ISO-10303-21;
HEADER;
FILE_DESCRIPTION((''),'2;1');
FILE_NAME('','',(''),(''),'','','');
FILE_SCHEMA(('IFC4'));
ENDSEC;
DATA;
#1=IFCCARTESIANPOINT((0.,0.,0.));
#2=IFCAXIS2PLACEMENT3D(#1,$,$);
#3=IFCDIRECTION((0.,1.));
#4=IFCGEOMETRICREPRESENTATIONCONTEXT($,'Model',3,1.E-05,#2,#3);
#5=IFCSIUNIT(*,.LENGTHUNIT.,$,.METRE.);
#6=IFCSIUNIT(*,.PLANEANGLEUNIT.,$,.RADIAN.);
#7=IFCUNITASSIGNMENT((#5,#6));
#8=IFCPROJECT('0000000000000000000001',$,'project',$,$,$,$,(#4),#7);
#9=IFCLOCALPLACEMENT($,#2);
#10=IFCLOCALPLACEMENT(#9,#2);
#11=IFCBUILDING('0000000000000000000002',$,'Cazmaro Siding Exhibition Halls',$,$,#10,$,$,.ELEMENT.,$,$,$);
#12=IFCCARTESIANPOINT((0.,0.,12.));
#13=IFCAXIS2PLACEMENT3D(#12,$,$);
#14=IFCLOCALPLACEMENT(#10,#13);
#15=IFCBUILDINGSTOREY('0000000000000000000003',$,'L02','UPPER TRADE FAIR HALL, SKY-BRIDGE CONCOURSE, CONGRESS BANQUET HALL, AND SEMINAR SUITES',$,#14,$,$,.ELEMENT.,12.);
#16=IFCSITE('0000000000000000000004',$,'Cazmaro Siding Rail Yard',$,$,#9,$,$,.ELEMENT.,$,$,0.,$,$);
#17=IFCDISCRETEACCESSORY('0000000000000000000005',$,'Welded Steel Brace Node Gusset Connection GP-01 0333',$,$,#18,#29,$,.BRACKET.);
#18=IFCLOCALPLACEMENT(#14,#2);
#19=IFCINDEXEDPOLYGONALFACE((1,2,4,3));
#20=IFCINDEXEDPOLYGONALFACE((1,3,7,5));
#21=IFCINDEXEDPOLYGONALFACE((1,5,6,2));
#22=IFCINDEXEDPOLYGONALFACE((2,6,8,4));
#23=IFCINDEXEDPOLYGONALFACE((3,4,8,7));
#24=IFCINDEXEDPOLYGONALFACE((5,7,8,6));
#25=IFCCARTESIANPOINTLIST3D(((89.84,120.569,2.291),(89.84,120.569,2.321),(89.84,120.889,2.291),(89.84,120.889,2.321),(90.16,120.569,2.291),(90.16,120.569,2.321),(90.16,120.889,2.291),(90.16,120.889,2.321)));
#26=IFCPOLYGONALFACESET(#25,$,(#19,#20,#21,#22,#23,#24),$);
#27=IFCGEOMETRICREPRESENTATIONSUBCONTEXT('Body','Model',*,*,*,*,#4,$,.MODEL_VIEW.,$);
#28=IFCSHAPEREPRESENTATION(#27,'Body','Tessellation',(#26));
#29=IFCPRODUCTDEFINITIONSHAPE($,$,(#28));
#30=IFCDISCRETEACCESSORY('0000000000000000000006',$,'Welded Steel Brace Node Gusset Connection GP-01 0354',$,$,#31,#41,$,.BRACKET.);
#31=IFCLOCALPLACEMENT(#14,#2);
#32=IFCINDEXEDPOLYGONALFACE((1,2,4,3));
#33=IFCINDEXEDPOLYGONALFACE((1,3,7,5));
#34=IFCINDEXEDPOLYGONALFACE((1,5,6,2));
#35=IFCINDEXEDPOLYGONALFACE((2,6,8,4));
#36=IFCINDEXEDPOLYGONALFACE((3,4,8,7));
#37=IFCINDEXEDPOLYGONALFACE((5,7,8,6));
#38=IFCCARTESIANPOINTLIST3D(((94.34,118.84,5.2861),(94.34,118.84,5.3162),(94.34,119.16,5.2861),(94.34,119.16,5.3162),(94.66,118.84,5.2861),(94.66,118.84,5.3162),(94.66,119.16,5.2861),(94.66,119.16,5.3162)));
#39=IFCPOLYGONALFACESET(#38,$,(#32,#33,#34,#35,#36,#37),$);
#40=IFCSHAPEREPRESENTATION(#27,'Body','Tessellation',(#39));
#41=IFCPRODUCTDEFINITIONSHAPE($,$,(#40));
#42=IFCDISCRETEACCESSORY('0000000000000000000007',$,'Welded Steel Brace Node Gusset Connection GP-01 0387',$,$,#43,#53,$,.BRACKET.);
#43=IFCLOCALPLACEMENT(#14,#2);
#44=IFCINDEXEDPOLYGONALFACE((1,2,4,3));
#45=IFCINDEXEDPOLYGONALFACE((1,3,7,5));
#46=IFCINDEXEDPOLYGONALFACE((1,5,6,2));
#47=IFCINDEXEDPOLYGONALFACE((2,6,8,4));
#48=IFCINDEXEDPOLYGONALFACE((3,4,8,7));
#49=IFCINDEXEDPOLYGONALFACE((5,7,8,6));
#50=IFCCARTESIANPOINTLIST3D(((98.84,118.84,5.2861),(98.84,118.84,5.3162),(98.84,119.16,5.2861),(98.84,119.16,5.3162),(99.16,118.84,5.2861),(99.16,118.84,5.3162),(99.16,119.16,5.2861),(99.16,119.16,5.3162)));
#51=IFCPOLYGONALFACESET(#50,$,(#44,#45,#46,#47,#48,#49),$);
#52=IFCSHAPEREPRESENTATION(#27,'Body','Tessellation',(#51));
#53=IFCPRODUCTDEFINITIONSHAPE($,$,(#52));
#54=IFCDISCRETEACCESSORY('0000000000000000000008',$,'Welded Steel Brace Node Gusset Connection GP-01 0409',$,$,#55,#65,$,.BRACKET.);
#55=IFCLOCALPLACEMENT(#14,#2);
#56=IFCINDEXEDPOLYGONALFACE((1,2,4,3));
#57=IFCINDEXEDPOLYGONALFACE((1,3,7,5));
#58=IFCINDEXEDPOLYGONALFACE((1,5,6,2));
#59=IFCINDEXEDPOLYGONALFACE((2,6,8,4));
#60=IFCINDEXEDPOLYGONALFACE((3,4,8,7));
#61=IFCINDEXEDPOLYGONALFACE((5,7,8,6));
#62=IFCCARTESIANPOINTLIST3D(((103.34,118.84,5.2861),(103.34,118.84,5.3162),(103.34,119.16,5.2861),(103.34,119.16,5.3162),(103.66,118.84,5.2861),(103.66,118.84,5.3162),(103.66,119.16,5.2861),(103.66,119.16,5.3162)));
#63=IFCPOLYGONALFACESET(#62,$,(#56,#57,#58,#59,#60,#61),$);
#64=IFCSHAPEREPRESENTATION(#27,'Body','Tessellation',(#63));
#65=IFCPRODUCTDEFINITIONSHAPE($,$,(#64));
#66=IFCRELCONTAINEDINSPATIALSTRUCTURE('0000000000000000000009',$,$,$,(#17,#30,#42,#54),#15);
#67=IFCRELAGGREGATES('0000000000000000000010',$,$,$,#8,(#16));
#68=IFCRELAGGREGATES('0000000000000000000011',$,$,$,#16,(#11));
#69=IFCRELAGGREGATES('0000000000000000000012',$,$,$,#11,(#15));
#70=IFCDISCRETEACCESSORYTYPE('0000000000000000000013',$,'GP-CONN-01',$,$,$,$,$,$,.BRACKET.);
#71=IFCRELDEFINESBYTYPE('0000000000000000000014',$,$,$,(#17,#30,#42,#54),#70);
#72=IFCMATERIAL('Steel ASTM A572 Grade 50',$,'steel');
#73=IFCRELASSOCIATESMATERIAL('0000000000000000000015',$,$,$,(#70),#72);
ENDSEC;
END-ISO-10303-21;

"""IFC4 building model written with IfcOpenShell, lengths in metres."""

from ifc_helpers import new_model, si_unit, direction, frame, origin, origin_2d, place, context, subcontext, project, spatial, rectangle, extrude, material, type_object, element, save


model = new_model("IFC4")

# Units and contexts
model_context = context("Model", 3, precision=1e-05, world=origin(), true_north=direction((0.0, 1.0)))
body_context = subcontext(model_context, "Body", "Model", "MODEL_VIEW")
ifc_project = project(units=[si_unit("LENGTHUNIT", "METRE"), si_unit("PLANEANGLEUNIT", "RADIAN")], contexts=[model_context])

# Site, building, storey
site_placement = place(None, origin())
site = spatial("IfcSite", under=ifc_project, at=site_placement, Name="Cazmaro Siding Rail Yard", CompositionType="ELEMENT", RefElevation=0.0)
building_placement = place(site_placement, origin())
building = spatial("IfcBuilding", under=site, at=building_placement, Name="Cazmaro Siding Exhibition Halls", CompositionType="ELEMENT")
storey_placement = place(building_placement, frame((0.0, 0.0, 12.0)))
storey = spatial("IfcBuildingStorey", under=building, at=storey_placement, Name="L02", Description="UPPER TRADE FAIR HALL, SKY-BRIDGE CONCOURSE, CONGRESS BANQUET HALL, AND SEMINAR SUITES", CompositionType="ELEMENT", Elevation=12.0)

# Discrete accessories
ifc_material_1 = material(Name="Steel ASTM A572 Grade 50", Category="steel")
discrete_accessory_type = type_object("IfcDiscreteAccessoryType", Name="GP-CONN-01", PredefinedType="BRACKET", material=ifc_material_1)
for number, where, z_axis, x_axis, name in (
    (1, (90.0, 120.729, 2.291), (0.0, 0.0, 1.0), (1.0, 0.0, 0.0), "Welded Steel Brace Node Gusset Connection GP-01 0333"),
    (2, (94.5, 119.0, 5.2861), (0.0, 0.0, 1.0), (1.0, 0.0, 0.0), "Welded Steel Brace Node Gusset Connection GP-01 0354"),
    (3, (99.0, 119.0, 5.2861), (0.0, 0.0, 1.0), (1.0, 0.0, 0.0), "Welded Steel Brace Node Gusset Connection GP-01 0387"),
    (4, (103.5, 119.0, 5.2861), (0.0, 0.0, 1.0), (1.0, 0.0, 0.0), "Welded Steel Brace Node Gusset Connection GP-01 0409"),
):
    element("IfcDiscreteAccessory", number, at=place(storey_placement, frame(where, z_axis=z_axis, x_axis=x_axis)), inside=storey, type_object=discrete_accessory_type, Name=name, PredefinedType="BRACKET", context=body_context, shape_type="SweptSolid", body=[
        extrude(rectangle(XDim=0.3201, YDim=0.3201, at=origin_2d()), origin(), (0.0, 0.0, 1.0), 0.03),
    ])

save(model, "model.ifc")
